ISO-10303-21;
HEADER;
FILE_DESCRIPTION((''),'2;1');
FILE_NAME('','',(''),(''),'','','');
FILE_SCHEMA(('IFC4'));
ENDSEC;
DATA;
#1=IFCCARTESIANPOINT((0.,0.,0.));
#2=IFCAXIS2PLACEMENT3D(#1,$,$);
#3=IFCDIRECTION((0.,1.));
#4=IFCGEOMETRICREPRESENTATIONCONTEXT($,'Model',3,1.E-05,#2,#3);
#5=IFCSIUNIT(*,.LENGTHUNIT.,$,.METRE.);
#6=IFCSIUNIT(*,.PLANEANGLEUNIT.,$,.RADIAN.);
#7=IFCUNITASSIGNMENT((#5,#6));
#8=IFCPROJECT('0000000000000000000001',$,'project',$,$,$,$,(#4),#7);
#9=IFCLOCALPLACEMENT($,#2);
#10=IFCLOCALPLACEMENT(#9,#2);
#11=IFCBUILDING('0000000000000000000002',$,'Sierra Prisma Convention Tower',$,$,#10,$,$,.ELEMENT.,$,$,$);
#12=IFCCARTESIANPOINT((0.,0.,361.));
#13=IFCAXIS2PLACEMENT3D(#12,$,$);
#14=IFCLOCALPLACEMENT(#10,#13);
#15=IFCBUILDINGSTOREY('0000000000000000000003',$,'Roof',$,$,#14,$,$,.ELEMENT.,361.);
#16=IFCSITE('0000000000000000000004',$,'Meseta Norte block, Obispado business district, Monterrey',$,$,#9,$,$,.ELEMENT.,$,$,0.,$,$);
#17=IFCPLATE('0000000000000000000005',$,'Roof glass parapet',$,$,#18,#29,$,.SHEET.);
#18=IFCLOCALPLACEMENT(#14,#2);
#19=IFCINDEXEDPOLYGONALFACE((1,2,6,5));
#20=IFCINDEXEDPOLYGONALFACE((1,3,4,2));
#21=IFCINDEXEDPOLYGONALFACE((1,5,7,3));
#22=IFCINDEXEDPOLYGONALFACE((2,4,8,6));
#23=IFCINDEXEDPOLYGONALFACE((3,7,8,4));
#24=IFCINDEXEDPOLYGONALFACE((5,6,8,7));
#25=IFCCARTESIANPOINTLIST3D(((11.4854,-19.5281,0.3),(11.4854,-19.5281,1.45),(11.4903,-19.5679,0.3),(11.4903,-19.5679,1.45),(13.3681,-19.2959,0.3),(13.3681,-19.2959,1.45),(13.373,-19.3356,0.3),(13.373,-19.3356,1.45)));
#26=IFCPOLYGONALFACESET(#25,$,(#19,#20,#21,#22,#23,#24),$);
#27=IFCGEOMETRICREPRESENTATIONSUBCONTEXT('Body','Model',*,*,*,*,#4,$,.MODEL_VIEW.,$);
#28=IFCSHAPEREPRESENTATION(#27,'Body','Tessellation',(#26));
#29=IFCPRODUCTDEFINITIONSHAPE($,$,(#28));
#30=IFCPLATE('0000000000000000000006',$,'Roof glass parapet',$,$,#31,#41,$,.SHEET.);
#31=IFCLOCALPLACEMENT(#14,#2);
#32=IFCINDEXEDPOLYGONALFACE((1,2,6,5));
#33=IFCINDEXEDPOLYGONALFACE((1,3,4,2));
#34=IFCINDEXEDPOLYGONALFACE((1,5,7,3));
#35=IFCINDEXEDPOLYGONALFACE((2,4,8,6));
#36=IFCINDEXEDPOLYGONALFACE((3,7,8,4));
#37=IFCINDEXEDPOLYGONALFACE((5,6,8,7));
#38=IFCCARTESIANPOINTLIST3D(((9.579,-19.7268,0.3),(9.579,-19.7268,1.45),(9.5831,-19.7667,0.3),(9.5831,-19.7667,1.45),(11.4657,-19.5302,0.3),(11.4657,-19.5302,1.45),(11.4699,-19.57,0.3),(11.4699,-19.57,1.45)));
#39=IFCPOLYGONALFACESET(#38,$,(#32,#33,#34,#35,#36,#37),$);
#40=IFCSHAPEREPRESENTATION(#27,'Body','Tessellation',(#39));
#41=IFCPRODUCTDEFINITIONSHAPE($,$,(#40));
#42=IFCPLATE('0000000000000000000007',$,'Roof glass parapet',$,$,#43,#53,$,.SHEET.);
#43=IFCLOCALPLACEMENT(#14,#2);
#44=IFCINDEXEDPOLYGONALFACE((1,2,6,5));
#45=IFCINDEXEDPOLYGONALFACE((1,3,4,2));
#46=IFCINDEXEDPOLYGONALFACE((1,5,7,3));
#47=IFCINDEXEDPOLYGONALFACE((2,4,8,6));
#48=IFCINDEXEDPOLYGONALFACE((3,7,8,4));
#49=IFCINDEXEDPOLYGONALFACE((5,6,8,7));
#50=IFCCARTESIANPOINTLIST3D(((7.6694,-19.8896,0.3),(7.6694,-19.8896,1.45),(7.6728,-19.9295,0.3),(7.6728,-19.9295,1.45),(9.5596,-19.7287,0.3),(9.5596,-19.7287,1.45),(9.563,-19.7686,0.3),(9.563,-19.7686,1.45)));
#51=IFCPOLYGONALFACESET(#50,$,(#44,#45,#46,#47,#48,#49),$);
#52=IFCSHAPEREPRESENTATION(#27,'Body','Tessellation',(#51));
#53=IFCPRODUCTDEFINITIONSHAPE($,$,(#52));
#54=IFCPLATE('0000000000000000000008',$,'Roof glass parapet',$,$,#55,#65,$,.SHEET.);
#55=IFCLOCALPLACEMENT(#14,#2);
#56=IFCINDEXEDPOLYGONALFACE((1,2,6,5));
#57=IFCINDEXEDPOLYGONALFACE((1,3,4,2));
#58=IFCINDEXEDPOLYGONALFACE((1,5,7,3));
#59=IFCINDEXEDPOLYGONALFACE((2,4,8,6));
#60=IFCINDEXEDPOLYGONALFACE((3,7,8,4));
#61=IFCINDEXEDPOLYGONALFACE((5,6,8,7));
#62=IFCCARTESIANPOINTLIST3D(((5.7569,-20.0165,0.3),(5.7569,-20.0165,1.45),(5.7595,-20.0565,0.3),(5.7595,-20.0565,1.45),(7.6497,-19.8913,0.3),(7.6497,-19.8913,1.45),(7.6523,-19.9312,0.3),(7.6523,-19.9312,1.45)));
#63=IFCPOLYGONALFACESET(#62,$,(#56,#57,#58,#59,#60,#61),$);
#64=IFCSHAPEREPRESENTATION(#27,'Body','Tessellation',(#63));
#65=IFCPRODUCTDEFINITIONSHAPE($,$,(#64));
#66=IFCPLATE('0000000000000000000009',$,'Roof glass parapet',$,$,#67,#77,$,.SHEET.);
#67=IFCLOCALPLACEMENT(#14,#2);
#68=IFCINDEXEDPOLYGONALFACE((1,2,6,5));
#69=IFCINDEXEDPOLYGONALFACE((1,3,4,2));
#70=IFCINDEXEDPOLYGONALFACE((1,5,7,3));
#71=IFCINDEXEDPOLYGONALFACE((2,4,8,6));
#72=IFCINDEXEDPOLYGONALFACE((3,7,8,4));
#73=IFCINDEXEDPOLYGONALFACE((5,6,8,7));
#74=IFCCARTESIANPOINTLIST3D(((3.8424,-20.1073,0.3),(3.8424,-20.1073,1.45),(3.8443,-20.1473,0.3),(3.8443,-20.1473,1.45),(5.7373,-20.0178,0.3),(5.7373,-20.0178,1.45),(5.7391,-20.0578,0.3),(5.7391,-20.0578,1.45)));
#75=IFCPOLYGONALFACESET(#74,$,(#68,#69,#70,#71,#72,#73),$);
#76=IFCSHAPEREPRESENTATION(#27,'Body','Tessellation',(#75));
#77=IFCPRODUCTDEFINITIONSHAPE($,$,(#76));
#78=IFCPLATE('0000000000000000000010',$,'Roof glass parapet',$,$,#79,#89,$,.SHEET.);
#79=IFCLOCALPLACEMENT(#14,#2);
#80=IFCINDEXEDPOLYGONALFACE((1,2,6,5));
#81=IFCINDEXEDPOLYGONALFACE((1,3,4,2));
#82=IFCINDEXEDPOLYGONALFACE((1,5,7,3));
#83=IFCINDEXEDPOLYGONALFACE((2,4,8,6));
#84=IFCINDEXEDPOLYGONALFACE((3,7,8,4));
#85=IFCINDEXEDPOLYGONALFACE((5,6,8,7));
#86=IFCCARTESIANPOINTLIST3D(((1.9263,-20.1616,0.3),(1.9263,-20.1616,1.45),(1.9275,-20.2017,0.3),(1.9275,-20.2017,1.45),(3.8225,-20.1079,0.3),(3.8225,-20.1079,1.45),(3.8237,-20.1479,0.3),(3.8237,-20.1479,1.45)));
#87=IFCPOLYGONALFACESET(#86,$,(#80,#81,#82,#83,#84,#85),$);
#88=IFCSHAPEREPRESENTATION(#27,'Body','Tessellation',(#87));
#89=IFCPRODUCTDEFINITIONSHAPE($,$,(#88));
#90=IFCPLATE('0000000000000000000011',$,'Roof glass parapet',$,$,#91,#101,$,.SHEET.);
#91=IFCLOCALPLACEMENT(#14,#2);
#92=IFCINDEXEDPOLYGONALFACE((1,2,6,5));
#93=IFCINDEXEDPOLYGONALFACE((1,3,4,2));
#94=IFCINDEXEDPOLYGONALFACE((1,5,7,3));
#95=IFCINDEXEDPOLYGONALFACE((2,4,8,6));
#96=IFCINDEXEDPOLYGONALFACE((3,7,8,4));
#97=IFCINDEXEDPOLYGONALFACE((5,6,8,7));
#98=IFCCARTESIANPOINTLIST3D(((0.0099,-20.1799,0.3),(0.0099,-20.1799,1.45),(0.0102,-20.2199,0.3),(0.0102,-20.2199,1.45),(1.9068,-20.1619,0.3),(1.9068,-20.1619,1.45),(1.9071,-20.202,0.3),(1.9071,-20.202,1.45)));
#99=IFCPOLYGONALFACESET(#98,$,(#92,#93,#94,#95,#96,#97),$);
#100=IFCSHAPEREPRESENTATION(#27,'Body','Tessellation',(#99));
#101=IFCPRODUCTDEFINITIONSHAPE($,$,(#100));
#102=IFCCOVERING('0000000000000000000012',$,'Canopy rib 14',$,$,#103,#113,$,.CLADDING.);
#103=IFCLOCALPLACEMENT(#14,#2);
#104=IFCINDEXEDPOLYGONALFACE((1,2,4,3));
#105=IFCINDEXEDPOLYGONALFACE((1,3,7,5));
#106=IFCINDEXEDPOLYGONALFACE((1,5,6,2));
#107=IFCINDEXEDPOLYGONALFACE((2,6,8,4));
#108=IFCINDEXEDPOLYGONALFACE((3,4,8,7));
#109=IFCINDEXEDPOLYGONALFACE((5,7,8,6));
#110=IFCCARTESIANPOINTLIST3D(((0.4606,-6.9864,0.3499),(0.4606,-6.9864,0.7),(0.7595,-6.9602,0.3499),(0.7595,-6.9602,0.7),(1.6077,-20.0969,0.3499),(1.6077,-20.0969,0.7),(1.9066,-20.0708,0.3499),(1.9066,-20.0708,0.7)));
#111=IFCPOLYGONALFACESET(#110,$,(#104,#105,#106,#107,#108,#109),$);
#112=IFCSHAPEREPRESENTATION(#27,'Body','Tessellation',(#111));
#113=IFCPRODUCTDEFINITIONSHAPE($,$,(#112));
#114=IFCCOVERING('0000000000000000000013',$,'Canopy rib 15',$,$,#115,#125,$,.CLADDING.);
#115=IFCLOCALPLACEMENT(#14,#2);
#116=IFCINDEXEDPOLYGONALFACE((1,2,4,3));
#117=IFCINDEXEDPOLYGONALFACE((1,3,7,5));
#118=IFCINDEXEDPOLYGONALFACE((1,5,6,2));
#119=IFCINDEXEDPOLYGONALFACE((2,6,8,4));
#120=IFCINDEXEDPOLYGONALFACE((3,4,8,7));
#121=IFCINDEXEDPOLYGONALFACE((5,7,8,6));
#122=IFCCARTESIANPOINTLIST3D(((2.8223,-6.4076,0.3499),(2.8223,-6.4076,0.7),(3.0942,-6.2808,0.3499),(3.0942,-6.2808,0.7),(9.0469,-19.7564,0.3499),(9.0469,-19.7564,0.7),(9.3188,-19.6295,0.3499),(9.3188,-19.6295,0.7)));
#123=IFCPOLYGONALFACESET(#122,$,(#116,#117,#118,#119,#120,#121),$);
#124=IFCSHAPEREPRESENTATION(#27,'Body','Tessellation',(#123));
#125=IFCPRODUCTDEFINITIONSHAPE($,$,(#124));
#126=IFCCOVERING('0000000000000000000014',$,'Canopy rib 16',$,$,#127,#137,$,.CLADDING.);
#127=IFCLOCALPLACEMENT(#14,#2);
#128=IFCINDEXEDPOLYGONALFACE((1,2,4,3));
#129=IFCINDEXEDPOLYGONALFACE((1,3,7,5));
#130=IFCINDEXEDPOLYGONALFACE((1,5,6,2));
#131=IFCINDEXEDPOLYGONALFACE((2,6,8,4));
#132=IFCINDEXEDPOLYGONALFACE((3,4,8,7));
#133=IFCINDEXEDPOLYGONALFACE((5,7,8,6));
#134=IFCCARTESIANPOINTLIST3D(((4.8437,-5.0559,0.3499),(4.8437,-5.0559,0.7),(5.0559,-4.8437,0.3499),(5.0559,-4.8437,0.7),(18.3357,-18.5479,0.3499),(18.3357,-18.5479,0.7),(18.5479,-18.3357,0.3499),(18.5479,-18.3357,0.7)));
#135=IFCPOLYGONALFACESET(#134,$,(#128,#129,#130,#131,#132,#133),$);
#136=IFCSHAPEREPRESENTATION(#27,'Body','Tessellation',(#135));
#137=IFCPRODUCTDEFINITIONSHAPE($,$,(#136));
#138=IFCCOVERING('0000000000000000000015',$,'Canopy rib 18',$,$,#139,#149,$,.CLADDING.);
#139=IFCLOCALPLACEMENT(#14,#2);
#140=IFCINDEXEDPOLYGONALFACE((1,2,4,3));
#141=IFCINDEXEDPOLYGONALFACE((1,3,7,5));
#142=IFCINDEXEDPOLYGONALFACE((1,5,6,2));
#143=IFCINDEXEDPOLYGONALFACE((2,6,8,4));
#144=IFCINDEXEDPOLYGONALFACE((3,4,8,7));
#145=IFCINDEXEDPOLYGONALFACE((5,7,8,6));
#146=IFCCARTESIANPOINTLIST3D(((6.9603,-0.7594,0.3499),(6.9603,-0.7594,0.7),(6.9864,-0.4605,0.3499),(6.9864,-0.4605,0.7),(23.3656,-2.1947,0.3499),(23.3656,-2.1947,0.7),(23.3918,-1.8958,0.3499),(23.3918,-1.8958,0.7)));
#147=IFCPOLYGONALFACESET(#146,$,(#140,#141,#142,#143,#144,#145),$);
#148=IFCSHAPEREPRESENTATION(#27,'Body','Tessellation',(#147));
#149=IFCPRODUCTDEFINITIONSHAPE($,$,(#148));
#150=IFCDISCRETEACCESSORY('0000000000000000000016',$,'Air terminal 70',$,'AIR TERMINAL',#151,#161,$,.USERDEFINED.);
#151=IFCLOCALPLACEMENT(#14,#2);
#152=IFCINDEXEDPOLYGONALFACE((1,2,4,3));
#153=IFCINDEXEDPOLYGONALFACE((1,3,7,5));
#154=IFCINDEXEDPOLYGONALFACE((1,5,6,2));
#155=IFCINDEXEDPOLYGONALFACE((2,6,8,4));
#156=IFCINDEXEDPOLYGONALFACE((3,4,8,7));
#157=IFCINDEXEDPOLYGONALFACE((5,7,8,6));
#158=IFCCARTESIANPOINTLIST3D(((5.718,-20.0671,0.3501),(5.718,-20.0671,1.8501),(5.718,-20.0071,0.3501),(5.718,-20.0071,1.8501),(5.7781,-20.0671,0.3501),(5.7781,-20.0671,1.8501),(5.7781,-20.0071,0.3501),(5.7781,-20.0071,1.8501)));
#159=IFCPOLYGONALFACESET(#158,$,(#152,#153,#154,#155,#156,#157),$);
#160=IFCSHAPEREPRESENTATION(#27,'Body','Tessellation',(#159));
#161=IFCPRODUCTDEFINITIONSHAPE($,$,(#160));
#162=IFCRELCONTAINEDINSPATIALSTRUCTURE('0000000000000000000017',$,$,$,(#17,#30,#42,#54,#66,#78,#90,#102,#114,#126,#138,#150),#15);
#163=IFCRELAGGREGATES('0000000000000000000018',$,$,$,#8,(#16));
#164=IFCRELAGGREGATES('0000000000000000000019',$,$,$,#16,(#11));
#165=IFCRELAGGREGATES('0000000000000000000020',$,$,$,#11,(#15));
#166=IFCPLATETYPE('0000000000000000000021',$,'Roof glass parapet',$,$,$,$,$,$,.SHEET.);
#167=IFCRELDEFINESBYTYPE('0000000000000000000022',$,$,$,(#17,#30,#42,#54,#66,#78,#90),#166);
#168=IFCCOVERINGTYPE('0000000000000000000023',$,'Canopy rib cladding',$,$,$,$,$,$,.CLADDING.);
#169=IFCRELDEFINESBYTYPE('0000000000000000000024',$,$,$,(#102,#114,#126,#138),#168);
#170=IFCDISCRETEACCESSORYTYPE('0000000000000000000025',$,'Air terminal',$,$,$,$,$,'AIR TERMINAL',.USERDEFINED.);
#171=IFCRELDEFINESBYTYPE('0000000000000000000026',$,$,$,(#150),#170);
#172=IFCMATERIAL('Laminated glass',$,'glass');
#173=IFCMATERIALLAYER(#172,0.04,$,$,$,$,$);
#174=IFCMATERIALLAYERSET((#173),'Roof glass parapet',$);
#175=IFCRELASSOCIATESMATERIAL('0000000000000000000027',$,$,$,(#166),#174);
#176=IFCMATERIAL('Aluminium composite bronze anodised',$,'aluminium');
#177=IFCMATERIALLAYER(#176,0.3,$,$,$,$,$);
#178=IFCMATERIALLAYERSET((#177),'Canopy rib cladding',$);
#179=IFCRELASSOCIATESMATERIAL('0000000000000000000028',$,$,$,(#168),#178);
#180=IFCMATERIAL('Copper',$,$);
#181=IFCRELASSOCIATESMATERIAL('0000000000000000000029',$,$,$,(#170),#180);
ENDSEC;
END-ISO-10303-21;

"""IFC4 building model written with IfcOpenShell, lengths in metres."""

from ifc_helpers import new_model, si_unit, direction, frame, origin, origin_2d, place, context, subcontext, project, spatial, rectangle, extrude, material, layer, layer_set, type_object, element, save


model = new_model("IFC4")

# Units and contexts
model_context = context("Model", 3, precision=1e-05, world=origin(), true_north=direction((0.0, 1.0)))
body_context = subcontext(model_context, "Body", "Model", "MODEL_VIEW")
ifc_project = project(units=[si_unit("LENGTHUNIT", "METRE"), si_unit("PLANEANGLEUNIT", "RADIAN")], contexts=[model_context])

# Site, building, storey
site_placement = place(None, origin())
site = spatial("IfcSite", under=ifc_project, at=site_placement, Name="Meseta Norte block, Obispado business district, Monterrey", CompositionType="ELEMENT", RefElevation=0.0)
building_placement = place(site_placement, origin())
building = spatial("IfcBuilding", under=site, at=building_placement, Name="Sierra Prisma Convention Tower", CompositionType="ELEMENT")
storey_placement = place(building_placement, frame((0.0, 0.0, 361.0)))
storey = spatial("IfcBuildingStorey", under=building, at=storey_placement, Name="Roof", CompositionType="ELEMENT", Elevation=361.0)

# Plates
ifc_material_1 = material(Name="Laminated glass", Category="glass")
ifc_layer_1 = layer(ifc_material_1, 0.04)
ifc_layer_set_1 = layer_set([ifc_layer_1], Name="Roof glass parapet")
plate_type = type_object("IfcPlateType", Name="Roof glass parapet", PredefinedType="SHEET", material=ifc_layer_set_1)
for number, where, z_axis, x_axis, name in (
    (1, (12.4292, -19.4319, 0.3), (0.0, 0.0, 1.0), (-0.992478, -0.12242, 0.0), "Roof glass parapet"),
    (2, (10.5244, -19.6484, 0.3), (0.0, 0.0, 1.0), (-0.994613, -0.103661, 0.0), "Roof glass parapet"),
    (3, (8.6162, -19.8291, 0.3), (0.0, 0.0, 1.0), (-0.996393, -0.084862, 0.0), "Roof glass parapet"),
    (4, (6.7046, -19.9739, 0.3), (0.0, 0.0, 1.0), (-0.997817, -0.066035, 0.0), "Roof glass parapet"),
    (5, (4.7908, -20.0825, 0.3), (0.0, 0.0, 1.0), (-0.998886, -0.047185, 0.0), "Roof glass parapet"),
    (6, (2.875, -20.1548, 0.3), (0.0, 0.0, 1.0), (-0.999599, -0.028318, 0.0), "Roof glass parapet"),
    (7, (0.9585, -20.1909, 0.3), (0.0, 0.0, 1.0), (-0.999955, -0.00944, 0.0), "Roof glass parapet"),
):
    element("IfcPlate", number, at=place(storey_placement, frame(where, z_axis=z_axis, x_axis=x_axis)), inside=storey, type_object=plate_type, Name=name, PredefinedType="SHEET", context=body_context, shape_type="SweptSolid", body=[
        extrude(rectangle(XDim=1.897, YDim=0.04, at=origin_2d()), origin(), (0.0, 0.0, 1.0), 1.1499),
    ])

# Coverings
ifc_material_2 = material(Name="Aluminium composite bronze anodised", Category="aluminium")
ifc_layer_2 = layer(ifc_material_2, 0.3)
ifc_layer_set_2 = layer_set([ifc_layer_2], Name="Canopy rib cladding")
covering_type = type_object("IfcCoveringType", Name="Canopy rib cladding", PredefinedType="CLADDING", material=ifc_layer_set_2)
covering_1_placement = place(storey_placement, frame((1.1836, -13.5286, 0.3499), z_axis=(0.0, 0.0, 1.0), x_axis=(0.087156, -0.996195, 0.0)))
element("IfcCovering", 8, at=covering_1_placement, inside=storey, type_object=covering_type, Name="Canopy rib 14", PredefinedType="CLADDING", context=body_context, shape_type="SweptSolid", body=[
    extrude(rectangle(XDim=13.1606, YDim=0.3, at=origin_2d()), origin(), (0.0, 0.0, 1.0), 0.3501),
])
covering_2_placement = place(storey_placement, frame((6.0706, -13.0186, 0.3499), z_axis=(0.0, 0.0, 1.0), x_axis=(0.422618, -0.906308, 0.0)))
element("IfcCovering", 9, at=covering_2_placement, inside=storey, type_object=covering_type, Name="Canopy rib 15", PredefinedType="CLADDING", context=body_context, shape_type="SweptSolid", body=[
    extrude(rectangle(XDim=14.7288, YDim=0.3, at=origin_2d()), origin(), (0.0, 0.0, 1.0), 0.3501),
])
covering_3_placement = place(storey_placement, frame((11.6958, -11.6958, 0.3499), z_axis=(0.0, 0.0, 1.0), x_axis=(0.707107, -0.707107, 0.0)))
element("IfcCovering", 10, at=covering_3_placement, inside=storey, type_object=covering_type, Name="Canopy rib 16", PredefinedType="CLADDING", context=body_context, shape_type="SweptSolid", body=[
    extrude(rectangle(XDim=19.0806, YDim=0.3, at=origin_2d()), origin(), (0.0, 0.0, 1.0), 0.3501),
])
covering_4_placement = place(storey_placement, frame((15.176, -1.3276, 0.3499), z_axis=(0.0, 0.0, 1.0), x_axis=(0.996195, -0.087156, 0.0)))
element("IfcCovering", 11, at=covering_4_placement, inside=storey, type_object=covering_type, Name="Canopy rib 18", PredefinedType="CLADDING", context=body_context, shape_type="SweptSolid", body=[
    extrude(rectangle(XDim=16.468, YDim=0.3, at=origin_2d()), origin(), (0.0, 0.0, 1.0), 0.3501),
])

# Discrete accessory
ifc_material_3 = material(Name="Copper")
discrete_accessory_type = type_object("IfcDiscreteAccessoryType", Name="Air terminal", ElementType="AIR TERMINAL", PredefinedType="USERDEFINED", material=ifc_material_3)
discrete_accessory_placement = place(storey_placement, frame((5.748, -20.0371, 0.3501), z_axis=(0.0, 0.0, 1.0), x_axis=(1.0, 0.0, 0.0)))
element("IfcDiscreteAccessory", 12, at=discrete_accessory_placement, inside=storey, type_object=discrete_accessory_type, Name="Air terminal 70", ObjectType="AIR TERMINAL", PredefinedType="USERDEFINED", context=body_context, shape_type="SweptSolid", body=[
    extrude(rectangle(XDim=0.0601, YDim=0.0601, at=origin_2d()), origin(), (0.0, 0.0, 1.0), 1.5),
])

save(model, "model.ifc")
